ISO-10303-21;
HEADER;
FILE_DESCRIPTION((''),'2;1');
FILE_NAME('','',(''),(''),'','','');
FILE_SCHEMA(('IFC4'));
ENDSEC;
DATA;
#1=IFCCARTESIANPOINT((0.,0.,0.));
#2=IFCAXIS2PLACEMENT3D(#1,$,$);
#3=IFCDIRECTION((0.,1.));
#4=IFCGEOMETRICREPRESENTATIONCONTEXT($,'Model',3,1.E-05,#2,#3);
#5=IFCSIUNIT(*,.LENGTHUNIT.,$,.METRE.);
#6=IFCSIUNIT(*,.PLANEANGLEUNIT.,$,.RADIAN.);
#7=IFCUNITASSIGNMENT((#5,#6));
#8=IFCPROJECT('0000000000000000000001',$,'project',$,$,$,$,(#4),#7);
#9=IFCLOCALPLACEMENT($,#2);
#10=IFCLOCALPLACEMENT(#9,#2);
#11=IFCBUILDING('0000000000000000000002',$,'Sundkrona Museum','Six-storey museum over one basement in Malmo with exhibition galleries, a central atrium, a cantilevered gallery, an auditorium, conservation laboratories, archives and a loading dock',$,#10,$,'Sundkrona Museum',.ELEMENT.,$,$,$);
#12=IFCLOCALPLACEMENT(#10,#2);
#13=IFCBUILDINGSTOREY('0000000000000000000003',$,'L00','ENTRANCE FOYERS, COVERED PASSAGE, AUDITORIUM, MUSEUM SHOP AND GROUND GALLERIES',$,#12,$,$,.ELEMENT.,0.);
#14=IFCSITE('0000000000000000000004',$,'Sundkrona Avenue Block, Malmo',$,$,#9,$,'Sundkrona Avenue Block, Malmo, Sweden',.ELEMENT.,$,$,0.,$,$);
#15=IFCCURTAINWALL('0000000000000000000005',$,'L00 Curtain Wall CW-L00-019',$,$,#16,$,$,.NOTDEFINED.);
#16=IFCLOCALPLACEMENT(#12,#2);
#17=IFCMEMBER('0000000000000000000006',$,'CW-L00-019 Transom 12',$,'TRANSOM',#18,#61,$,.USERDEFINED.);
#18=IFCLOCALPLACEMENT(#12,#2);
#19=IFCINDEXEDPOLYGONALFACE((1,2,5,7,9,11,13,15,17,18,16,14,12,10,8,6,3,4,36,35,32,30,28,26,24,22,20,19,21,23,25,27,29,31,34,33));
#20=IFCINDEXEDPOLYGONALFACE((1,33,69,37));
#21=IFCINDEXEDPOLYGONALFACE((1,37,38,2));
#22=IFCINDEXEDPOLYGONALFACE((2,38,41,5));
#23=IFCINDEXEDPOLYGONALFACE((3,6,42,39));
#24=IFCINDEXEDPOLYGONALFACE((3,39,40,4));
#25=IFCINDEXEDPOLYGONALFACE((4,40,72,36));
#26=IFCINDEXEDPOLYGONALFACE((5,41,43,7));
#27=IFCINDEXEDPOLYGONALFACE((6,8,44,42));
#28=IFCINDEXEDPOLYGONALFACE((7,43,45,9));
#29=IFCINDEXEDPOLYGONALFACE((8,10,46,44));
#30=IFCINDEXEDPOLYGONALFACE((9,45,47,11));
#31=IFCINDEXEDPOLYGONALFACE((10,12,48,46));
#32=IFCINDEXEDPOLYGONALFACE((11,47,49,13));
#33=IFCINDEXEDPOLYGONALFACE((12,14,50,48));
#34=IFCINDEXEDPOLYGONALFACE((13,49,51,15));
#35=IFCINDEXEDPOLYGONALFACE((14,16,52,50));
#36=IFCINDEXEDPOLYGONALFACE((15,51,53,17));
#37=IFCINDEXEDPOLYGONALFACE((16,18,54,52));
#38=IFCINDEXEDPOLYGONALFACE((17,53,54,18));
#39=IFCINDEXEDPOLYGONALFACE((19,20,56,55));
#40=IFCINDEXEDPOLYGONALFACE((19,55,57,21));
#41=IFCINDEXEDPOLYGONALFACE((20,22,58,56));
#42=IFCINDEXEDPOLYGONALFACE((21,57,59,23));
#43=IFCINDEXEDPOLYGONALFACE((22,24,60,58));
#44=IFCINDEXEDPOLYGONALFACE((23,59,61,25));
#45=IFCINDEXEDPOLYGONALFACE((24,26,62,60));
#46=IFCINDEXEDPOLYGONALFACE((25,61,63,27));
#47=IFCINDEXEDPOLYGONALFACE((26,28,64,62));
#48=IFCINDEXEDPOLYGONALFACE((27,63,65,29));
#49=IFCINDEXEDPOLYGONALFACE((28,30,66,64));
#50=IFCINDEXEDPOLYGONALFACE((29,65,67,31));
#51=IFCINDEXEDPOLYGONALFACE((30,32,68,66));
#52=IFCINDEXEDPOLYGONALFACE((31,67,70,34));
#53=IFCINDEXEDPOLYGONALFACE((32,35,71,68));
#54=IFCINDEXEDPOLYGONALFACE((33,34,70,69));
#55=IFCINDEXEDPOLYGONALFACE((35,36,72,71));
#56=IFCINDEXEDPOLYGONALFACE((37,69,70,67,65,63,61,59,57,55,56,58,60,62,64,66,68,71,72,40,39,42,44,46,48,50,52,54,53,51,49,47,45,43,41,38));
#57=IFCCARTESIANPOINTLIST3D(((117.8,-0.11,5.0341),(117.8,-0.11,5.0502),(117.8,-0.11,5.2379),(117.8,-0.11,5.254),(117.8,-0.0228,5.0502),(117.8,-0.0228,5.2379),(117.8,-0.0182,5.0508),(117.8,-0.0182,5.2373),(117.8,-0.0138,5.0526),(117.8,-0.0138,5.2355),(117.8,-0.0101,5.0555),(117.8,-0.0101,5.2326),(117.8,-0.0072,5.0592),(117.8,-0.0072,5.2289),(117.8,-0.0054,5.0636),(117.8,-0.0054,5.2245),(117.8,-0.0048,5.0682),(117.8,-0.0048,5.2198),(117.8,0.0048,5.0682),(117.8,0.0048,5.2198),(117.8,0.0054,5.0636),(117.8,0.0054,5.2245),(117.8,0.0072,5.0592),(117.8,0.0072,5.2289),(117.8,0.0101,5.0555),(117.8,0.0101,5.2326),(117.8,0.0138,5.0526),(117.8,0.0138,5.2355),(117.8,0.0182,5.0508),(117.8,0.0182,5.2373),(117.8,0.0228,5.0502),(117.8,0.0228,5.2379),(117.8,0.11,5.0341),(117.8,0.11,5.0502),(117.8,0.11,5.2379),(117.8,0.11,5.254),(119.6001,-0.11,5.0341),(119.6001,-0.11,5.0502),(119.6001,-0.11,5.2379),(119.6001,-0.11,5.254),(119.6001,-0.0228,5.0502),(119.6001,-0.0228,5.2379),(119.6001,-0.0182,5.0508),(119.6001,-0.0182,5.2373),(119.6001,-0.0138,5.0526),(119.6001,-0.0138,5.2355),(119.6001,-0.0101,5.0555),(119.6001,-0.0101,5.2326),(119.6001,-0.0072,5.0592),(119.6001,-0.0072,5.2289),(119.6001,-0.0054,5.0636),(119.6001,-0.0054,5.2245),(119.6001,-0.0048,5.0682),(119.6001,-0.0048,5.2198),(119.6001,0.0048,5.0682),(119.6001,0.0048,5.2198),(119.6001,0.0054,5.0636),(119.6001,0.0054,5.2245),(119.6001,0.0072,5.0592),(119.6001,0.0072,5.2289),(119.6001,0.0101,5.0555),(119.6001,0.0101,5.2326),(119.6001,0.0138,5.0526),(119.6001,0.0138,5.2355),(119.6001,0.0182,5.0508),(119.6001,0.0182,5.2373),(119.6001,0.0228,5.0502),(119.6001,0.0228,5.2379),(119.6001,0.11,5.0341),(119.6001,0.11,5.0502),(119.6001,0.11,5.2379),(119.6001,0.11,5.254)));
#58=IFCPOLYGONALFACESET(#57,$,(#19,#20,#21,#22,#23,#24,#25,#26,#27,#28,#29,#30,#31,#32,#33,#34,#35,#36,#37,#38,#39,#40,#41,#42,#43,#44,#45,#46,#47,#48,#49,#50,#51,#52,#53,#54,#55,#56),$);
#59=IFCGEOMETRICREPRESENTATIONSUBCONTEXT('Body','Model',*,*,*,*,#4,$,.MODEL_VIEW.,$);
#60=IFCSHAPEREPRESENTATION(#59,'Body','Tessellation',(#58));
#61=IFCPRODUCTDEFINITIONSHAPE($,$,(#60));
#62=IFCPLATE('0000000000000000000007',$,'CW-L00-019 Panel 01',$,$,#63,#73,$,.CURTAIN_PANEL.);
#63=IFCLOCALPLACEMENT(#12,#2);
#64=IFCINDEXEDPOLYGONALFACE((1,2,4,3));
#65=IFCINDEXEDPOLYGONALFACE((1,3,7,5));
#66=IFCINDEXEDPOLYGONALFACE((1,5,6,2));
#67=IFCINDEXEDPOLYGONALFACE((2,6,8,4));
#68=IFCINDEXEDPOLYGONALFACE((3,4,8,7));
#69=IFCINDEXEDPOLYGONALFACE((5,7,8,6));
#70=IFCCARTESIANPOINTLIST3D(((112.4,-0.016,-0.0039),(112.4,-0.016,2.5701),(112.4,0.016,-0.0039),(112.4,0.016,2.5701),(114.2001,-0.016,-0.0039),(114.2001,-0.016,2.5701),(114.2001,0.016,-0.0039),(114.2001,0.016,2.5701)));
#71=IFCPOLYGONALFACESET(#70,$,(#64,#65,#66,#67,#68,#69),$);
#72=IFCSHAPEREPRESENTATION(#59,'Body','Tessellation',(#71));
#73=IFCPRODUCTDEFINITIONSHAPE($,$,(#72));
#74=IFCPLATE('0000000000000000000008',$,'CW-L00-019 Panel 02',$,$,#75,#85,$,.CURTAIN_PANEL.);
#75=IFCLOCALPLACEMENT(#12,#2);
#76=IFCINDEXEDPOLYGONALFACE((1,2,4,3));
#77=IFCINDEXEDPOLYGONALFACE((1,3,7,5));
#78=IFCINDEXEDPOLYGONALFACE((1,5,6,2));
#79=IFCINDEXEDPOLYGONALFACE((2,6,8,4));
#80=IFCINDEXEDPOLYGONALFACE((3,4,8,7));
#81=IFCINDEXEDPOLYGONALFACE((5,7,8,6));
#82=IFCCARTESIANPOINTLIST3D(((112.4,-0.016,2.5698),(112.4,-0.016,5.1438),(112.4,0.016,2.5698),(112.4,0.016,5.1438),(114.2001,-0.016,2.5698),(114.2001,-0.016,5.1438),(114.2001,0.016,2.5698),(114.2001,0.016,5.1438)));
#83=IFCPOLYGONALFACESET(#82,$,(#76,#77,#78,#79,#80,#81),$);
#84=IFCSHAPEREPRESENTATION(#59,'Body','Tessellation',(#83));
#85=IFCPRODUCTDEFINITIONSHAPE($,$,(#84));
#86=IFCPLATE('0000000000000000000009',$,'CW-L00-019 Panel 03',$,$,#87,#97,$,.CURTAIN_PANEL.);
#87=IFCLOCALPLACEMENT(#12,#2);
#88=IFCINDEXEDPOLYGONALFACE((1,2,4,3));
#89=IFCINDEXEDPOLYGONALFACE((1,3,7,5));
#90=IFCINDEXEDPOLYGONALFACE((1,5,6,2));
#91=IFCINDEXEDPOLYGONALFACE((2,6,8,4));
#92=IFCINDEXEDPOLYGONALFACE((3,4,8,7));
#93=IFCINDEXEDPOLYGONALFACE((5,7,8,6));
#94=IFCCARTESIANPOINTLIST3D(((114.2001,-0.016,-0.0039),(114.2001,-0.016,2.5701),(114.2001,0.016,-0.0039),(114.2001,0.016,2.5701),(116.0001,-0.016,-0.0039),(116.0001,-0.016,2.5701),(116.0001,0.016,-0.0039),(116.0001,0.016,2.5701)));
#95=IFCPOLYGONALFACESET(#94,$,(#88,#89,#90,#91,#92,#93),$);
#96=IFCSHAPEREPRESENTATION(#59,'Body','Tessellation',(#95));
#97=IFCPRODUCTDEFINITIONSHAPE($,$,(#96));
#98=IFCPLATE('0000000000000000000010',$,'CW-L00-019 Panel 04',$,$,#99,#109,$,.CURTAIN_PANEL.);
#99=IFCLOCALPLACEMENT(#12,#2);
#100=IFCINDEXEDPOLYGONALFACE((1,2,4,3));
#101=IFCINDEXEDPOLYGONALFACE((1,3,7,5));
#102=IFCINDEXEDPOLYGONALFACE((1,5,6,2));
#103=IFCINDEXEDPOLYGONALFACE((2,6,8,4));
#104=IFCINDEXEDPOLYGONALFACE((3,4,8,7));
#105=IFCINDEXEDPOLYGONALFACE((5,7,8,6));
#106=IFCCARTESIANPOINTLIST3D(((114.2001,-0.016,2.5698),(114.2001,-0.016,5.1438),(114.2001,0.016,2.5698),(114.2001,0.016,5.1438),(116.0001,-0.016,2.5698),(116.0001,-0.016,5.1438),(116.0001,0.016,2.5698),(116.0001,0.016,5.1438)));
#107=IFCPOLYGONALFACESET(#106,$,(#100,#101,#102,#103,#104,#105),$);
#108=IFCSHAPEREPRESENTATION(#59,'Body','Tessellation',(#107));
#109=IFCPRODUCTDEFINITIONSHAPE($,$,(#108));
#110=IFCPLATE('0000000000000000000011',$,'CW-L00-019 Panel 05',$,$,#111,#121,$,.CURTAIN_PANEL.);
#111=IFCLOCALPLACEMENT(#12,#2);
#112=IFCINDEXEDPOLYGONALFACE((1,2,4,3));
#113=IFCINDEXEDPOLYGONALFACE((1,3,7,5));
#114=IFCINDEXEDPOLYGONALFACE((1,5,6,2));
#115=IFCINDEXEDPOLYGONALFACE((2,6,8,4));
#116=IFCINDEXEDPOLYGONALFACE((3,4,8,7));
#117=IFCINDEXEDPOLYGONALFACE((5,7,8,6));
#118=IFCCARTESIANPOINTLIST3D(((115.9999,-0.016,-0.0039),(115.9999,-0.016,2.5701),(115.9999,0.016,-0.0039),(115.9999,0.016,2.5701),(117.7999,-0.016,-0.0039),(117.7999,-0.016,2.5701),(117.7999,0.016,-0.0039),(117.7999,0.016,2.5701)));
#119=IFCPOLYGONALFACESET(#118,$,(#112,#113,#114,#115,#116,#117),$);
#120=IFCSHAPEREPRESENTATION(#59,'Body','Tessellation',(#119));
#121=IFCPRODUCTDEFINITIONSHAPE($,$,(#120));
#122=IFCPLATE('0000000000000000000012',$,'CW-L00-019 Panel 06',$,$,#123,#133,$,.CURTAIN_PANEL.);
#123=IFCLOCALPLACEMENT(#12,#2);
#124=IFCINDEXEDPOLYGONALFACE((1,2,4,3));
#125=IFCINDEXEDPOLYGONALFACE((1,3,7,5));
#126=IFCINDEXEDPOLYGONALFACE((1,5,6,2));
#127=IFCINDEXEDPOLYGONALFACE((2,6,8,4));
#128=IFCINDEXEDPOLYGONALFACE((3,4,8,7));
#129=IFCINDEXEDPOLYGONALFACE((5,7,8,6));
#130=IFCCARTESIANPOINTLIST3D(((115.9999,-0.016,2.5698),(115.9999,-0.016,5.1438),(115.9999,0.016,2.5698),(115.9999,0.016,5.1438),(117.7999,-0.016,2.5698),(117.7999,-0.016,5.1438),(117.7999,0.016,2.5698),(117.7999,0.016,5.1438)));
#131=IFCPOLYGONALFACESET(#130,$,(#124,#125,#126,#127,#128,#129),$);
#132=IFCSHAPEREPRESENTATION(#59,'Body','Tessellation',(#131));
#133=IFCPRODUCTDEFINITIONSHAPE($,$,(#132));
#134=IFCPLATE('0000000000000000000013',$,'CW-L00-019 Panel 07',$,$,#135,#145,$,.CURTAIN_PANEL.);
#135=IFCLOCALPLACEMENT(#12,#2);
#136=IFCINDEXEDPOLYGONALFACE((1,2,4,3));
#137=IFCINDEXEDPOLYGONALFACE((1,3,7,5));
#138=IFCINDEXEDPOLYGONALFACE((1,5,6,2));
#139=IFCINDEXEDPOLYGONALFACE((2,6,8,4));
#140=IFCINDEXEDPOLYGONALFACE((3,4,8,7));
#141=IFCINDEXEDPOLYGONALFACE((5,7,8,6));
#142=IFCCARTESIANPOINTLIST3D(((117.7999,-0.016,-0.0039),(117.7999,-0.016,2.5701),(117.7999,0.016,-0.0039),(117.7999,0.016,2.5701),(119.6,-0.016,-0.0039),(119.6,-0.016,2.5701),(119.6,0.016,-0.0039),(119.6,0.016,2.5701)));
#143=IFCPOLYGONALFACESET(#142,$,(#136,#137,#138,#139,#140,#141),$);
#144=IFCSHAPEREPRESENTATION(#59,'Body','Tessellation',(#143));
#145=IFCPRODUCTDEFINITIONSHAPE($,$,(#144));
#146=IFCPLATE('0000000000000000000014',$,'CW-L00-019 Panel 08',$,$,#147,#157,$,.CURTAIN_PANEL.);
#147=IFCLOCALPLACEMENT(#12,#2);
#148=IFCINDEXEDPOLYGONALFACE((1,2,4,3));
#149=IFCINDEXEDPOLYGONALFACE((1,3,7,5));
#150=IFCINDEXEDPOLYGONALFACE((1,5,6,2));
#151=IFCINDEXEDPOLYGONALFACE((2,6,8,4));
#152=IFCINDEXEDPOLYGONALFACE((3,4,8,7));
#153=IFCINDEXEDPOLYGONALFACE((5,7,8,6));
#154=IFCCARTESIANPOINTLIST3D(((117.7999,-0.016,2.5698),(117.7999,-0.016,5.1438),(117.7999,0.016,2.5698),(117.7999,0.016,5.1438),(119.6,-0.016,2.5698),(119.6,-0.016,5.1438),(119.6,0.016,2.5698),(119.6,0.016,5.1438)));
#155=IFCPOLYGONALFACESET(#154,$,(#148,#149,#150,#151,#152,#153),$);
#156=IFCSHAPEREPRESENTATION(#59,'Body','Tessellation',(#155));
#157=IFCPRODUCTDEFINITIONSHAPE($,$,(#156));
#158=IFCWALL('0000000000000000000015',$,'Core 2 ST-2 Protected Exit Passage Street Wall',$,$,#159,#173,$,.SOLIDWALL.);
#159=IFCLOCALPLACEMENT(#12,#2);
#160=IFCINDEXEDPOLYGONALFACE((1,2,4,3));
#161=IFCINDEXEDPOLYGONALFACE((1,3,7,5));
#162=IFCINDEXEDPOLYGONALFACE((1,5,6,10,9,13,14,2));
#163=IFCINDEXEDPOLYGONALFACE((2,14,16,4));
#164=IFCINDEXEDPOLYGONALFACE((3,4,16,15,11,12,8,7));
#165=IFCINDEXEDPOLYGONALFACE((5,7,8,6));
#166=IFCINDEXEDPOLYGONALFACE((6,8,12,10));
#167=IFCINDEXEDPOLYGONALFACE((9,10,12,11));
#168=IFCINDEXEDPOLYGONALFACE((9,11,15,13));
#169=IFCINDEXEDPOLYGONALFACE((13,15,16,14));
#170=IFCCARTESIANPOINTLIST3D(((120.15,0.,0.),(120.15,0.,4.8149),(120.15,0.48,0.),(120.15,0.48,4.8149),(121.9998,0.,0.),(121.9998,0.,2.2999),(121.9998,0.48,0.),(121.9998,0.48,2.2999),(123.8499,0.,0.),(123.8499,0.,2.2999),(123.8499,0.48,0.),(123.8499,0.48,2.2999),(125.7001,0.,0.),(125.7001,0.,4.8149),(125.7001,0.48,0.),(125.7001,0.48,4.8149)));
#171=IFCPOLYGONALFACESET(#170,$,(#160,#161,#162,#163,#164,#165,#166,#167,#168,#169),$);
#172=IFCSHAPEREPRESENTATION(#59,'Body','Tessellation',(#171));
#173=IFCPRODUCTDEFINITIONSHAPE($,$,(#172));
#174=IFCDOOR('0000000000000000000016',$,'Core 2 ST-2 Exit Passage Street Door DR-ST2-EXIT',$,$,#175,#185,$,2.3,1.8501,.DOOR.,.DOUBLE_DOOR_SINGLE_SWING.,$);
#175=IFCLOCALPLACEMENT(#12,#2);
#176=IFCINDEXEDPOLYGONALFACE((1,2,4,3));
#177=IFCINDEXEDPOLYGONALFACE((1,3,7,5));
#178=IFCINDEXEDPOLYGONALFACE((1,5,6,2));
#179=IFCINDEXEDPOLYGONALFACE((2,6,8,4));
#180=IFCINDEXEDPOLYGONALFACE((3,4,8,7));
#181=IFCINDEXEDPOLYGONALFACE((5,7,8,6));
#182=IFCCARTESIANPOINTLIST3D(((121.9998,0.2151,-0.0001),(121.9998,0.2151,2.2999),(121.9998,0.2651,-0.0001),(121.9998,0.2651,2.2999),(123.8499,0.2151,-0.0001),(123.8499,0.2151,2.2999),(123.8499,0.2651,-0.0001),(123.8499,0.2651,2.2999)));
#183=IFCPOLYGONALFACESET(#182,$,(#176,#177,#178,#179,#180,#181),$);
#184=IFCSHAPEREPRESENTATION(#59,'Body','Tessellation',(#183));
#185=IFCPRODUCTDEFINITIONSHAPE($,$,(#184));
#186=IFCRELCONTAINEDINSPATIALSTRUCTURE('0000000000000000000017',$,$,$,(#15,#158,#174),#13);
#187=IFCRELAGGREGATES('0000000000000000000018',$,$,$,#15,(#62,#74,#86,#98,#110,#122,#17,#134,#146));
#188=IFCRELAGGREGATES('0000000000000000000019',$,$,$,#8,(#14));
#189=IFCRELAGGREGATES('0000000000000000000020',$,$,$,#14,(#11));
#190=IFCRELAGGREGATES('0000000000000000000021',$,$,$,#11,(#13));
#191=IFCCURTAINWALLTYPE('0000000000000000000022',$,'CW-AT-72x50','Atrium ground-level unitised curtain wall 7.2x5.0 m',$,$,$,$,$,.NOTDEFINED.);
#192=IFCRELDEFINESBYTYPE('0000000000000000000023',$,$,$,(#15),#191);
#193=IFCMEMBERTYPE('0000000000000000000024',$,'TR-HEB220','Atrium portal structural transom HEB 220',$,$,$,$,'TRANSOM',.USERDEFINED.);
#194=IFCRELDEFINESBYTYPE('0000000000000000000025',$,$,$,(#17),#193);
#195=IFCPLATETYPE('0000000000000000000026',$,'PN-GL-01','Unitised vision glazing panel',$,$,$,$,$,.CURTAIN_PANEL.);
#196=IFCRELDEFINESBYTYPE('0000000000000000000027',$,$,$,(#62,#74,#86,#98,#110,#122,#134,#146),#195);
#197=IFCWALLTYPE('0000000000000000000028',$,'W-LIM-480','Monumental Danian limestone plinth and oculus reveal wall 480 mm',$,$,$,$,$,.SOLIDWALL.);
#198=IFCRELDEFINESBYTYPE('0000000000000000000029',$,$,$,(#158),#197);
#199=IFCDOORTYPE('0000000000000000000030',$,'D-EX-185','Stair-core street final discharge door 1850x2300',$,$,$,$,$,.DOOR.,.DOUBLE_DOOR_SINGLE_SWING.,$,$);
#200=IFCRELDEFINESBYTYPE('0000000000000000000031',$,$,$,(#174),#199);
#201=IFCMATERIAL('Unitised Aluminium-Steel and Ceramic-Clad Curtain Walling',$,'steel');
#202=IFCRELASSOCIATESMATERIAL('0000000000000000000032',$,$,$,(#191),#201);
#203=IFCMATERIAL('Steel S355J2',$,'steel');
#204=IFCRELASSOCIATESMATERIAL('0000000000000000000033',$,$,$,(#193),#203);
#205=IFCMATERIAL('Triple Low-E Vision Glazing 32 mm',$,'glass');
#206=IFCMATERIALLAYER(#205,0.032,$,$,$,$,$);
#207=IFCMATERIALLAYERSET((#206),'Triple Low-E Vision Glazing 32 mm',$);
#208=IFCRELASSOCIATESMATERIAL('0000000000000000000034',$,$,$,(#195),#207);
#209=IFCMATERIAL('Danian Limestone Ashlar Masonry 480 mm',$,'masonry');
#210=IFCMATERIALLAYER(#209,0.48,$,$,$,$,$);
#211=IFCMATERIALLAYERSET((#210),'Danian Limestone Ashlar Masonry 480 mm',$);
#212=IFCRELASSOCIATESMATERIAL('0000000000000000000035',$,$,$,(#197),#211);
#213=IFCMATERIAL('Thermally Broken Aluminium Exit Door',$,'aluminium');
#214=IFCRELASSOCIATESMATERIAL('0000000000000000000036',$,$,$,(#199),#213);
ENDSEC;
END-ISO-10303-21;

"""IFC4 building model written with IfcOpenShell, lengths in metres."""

from ifc_helpers import new_model, si_unit, direction, frame, frame_2d, origin, origin_2d, place, context, subcontext, project, spatial, rectangle, i_section, extrude, material, layer, layer_set, material_profile, profile_set, type_object, element, fill, aggregate, save


model = new_model("IFC4")

# Units and contexts
model_context = context("Model", 3, precision=1e-05, world=origin(), true_north=direction((0.0, 1.0)))
body_context = subcontext(model_context, "Body", "Model", "MODEL_VIEW")
ifc_project = project(units=[si_unit("LENGTHUNIT", "METRE"), si_unit("PLANEANGLEUNIT", "RADIAN")], contexts=[model_context])

# Site, building, storey
site_placement = place(None, origin())
site = spatial("IfcSite", under=ifc_project, at=site_placement, Name="Sundkrona Avenue Block, Malmo", LongName="Sundkrona Avenue Block, Malmo, Sweden", CompositionType="ELEMENT", RefElevation=0.0)
building_placement = place(site_placement, origin())
building = spatial("IfcBuilding", under=site, at=building_placement, Name="Sundkrona Museum", Description="Six-storey museum over one basement in Malmo with exhibition galleries, a central atrium, a cantilevered gallery, an auditorium, conservation laboratories, archives and a loading dock", LongName="Sundkrona Museum", CompositionType="ELEMENT")
storey_placement = place(building_placement, origin())
storey = spatial("IfcBuildingStorey", under=building, at=storey_placement, Name="L00", Description="ENTRANCE FOYERS, COVERED PASSAGE, AUDITORIUM, MUSEUM SHOP AND GROUND GALLERIES", CompositionType="ELEMENT", Elevation=0.0)

# Shared definitions
ifc_material_1 = material(Name="Steel S355J2", Category="steel")

# Curtain wall
ifc_material_2 = material(Name="Unitised Aluminium-Steel and Ceramic-Clad Curtain Walling", Category="steel")
curtain_wall_type = type_object("IfcCurtainWallType", Name="CW-AT-72x50", Description="Atrium ground-level unitised curtain wall 7.2x5.0 m", PredefinedType="NOTDEFINED", material=ifc_material_2)
curtain_wall_placement = place(storey_placement, origin())
curtain_wall = element("IfcCurtainWall", 1, at=curtain_wall_placement, inside=storey, type_object=curtain_wall_type, Name="L00 Curtain Wall CW-L00-019", PredefinedType="NOTDEFINED")

# Member
ifc_material_profile_1 = material_profile(ifc_material_1, i_section(OverallWidth=0.22, OverallDepth=0.22, WebThickness=0.0095, FlangeThickness=0.0161, FilletRadius=0.0181, at=origin_2d()), Name="HEB 220")
ifc_profile_set_1 = profile_set([ifc_material_profile_1], Name="Steel S355J2")
member_type_1 = type_object("IfcMemberType", Name="TR-HEB220", Description="Atrium portal structural transom HEB 220", ElementType="TRANSOM", PredefinedType="USERDEFINED", material=ifc_profile_set_1)
member_1_placement = place(storey_placement, frame((117.8, 0.0, 5.144), z_axis=(1.0, 0.0, 0.0), x_axis=(0.0, 1.0, 0.0)))
member_1 = element("IfcMember", 2, at=member_1_placement, type_object=member_type_1, Name="CW-L00-019 Transom 12", ObjectType="TRANSOM", PredefinedType="USERDEFINED", context=body_context, shape_type="SweptSolid", body=[
    extrude(i_section(OverallWidth=0.22, OverallDepth=0.22, WebThickness=0.0095, FlangeThickness=0.0161, FilletRadius=0.0181, at=origin_2d()), origin(), (0.0, 0.0, 1.0), 1.8),
])

# Plates
ifc_material_3 = material(Name="Triple Low-E Vision Glazing 32 mm", Category="glass")
ifc_layer_1 = layer(ifc_material_3, 0.032)
ifc_layer_set_1 = layer_set([ifc_layer_1], Name="Triple Low-E Vision Glazing 32 mm")
plate_type = type_object("IfcPlateType", Name="PN-GL-01", Description="Unitised vision glazing panel", PredefinedType="CURTAIN_PANEL", material=ifc_layer_set_1)
plate_1_placement = place(storey_placement, frame((113.3, 0.0, -0.0039), z_axis=(0.0, 0.0, 1.0), x_axis=(1.0, 0.0, 0.0)))
plate_1 = element("IfcPlate", 3, at=plate_1_placement, type_object=plate_type, Name="CW-L00-019 Panel 01", PredefinedType="CURTAIN_PANEL", context=body_context, shape_type="SweptSolid", body=[
    extrude(rectangle(XDim=1.8, YDim=0.032, at=origin_2d()), origin(), (0.0, 0.0, 1.0), 2.574),
])
plate_2_placement = place(storey_placement, frame((113.3, 0.0, 2.5698), z_axis=(0.0, 0.0, 1.0), x_axis=(1.0, 0.0, 0.0)))
plate_2 = element("IfcPlate", 4, at=plate_2_placement, type_object=plate_type, Name="CW-L00-019 Panel 02", PredefinedType="CURTAIN_PANEL", context=body_context, shape_type="SweptSolid", body=[
    extrude(rectangle(XDim=1.8, YDim=0.032, at=origin_2d()), origin(), (0.0, 0.0, 1.0), 2.574),
])
plate_3_placement = place(storey_placement, frame((115.1001, 0.0, -0.0039), z_axis=(0.0, 0.0, 1.0), x_axis=(1.0, 0.0, 0.0)))
plate_3 = element("IfcPlate", 5, at=plate_3_placement, type_object=plate_type, Name="CW-L00-019 Panel 03", PredefinedType="CURTAIN_PANEL", context=body_context, shape_type="SweptSolid", body=[
    extrude(rectangle(XDim=1.8, YDim=0.032, at=origin_2d()), origin(), (0.0, 0.0, 1.0), 2.574),
])
plate_4_placement = place(storey_placement, frame((115.1001, 0.0, 2.5698), z_axis=(0.0, 0.0, 1.0), x_axis=(1.0, 0.0, 0.0)))
plate_4 = element("IfcPlate", 6, at=plate_4_placement, type_object=plate_type, Name="CW-L00-019 Panel 04", PredefinedType="CURTAIN_PANEL", context=body_context, shape_type="SweptSolid", body=[
    extrude(rectangle(XDim=1.8, YDim=0.032, at=origin_2d()), origin(), (0.0, 0.0, 1.0), 2.574),
])
plate_5_placement = place(storey_placement, frame((116.8999, 0.0, -0.0039), z_axis=(0.0, 0.0, 1.0), x_axis=(1.0, 0.0, 0.0)))
plate_5 = element("IfcPlate", 7, at=plate_5_placement, type_object=plate_type, Name="CW-L00-019 Panel 05", PredefinedType="CURTAIN_PANEL", context=body_context, shape_type="SweptSolid", body=[
    extrude(rectangle(XDim=1.8, YDim=0.032, at=origin_2d()), origin(), (0.0, 0.0, 1.0), 2.574),
])
plate_6_placement = place(storey_placement, frame((116.8999, 0.0, 2.5698), z_axis=(0.0, 0.0, 1.0), x_axis=(1.0, 0.0, 0.0)))
plate_6 = element("IfcPlate", 8, at=plate_6_placement, type_object=plate_type, Name="CW-L00-019 Panel 06", PredefinedType="CURTAIN_PANEL", context=body_context, shape_type="SweptSolid", body=[
    extrude(rectangle(XDim=1.8, YDim=0.032, at=origin_2d()), origin(), (0.0, 0.0, 1.0), 2.574),
])
plate_7_placement = place(storey_placement, frame((118.7, 0.0, -0.0039), z_axis=(0.0, 0.0, 1.0), x_axis=(1.0, 0.0, 0.0)))
plate_7 = element("IfcPlate", 9, at=plate_7_placement, type_object=plate_type, Name="CW-L00-019 Panel 07", PredefinedType="CURTAIN_PANEL", context=body_context, shape_type="SweptSolid", body=[
    extrude(rectangle(XDim=1.8, YDim=0.032, at=origin_2d()), origin(), (0.0, 0.0, 1.0), 2.574),
])
plate_8_placement = place(storey_placement, frame((118.7, 0.0, 2.5698), z_axis=(0.0, 0.0, 1.0), x_axis=(1.0, 0.0, 0.0)))
plate_8 = element("IfcPlate", 10, at=plate_8_placement, type_object=plate_type, Name="CW-L00-019 Panel 08", PredefinedType="CURTAIN_PANEL", context=body_context, shape_type="SweptSolid", body=[
    extrude(rectangle(XDim=1.8, YDim=0.032, at=origin_2d()), origin(), (0.0, 0.0, 1.0), 2.574),
])
aggregate(curtain_wall, [plate_1, plate_2, plate_3, plate_4, plate_5, plate_6, member_1, plate_7, plate_8])

# Wall, opening, door
ifc_material_4 = material(Name="Danian Limestone Ashlar Masonry 480 mm", Category="masonry")
ifc_layer_2 = layer(ifc_material_4, 0.48)
ifc_layer_set_2 = layer_set([ifc_layer_2], Name="Danian Limestone Ashlar Masonry 480 mm")
wall_type = type_object("IfcWallType", Name="W-LIM-480", Description="Monumental Danian limestone plinth and oculus reveal wall 480 mm", PredefinedType="SOLIDWALL", material=ifc_layer_set_2)
wall_placement = place(storey_placement, frame((125.7, 0.24, 0.0), z_axis=(0.0, 0.0, 1.0), x_axis=(-1.0, 0.0, 0.0)))
wall = element("IfcWall", 11, at=wall_placement, inside=storey, type_object=wall_type, Name="Core 2 ST-2 Protected Exit Passage Street Wall", PredefinedType="SOLIDWALL", context=body_context, shape_type="SweptSolid", body=[
    extrude(rectangle(XDim=5.55, YDim=0.48, at=frame_2d((2.7749, 0.0))), origin(), (0.0, 0.0, 1.0), 4.8149),
])
opening_placement = place(wall_placement, frame((1.8501, 0.0, 0.0)))
opening = element("IfcOpeningElement", 12, at=opening_placement, cuts=wall, PredefinedType="OPENING", context=body_context, shape_type="SweptSolid", body=[
    extrude(rectangle(XDim=1.8501, YDim=2.3, at=frame_2d((0.925, 1.1499))), frame((0.0, 0.25, 0.0), z_axis=(0.0, -1.0, 0.0), x_axis=(1.0, 0.0, 0.0)), (0.0, 0.0, 1.0), 0.5),
])
ifc_material_5 = material(Name="Thermally Broken Aluminium Exit Door", Category="aluminium")
door_type = type_object("IfcDoorType", Name="D-EX-185", Description="Stair-core street final discharge door 1850x2300", OperationType="DOUBLE_DOOR_SINGLE_SWING", PredefinedType="DOOR", material=ifc_material_5)
door_placement = place(opening_placement, origin())
door = element("IfcDoor", 13, at=door_placement, inside=storey, type_object=door_type, Name="Core 2 ST-2 Exit Passage Street Door DR-ST2-EXIT", OperationType="DOUBLE_DOOR_SINGLE_SWING", OverallHeight=2.3, OverallWidth=1.8501, PredefinedType="DOOR", context=body_context, shape_type="SweptSolid", body=[
    extrude(rectangle(XDim=1.8501, YDim=2.3, at=frame_2d((0.925, 1.1499))), frame((0.0, 0.0249, 0.0), z_axis=(0.0, -1.0, 0.0), x_axis=(1.0, 0.0, 0.0)), (0.0, 0.0, 1.0), 0.05),
])
fill(opening, door)

save(model, "model.ifc")
